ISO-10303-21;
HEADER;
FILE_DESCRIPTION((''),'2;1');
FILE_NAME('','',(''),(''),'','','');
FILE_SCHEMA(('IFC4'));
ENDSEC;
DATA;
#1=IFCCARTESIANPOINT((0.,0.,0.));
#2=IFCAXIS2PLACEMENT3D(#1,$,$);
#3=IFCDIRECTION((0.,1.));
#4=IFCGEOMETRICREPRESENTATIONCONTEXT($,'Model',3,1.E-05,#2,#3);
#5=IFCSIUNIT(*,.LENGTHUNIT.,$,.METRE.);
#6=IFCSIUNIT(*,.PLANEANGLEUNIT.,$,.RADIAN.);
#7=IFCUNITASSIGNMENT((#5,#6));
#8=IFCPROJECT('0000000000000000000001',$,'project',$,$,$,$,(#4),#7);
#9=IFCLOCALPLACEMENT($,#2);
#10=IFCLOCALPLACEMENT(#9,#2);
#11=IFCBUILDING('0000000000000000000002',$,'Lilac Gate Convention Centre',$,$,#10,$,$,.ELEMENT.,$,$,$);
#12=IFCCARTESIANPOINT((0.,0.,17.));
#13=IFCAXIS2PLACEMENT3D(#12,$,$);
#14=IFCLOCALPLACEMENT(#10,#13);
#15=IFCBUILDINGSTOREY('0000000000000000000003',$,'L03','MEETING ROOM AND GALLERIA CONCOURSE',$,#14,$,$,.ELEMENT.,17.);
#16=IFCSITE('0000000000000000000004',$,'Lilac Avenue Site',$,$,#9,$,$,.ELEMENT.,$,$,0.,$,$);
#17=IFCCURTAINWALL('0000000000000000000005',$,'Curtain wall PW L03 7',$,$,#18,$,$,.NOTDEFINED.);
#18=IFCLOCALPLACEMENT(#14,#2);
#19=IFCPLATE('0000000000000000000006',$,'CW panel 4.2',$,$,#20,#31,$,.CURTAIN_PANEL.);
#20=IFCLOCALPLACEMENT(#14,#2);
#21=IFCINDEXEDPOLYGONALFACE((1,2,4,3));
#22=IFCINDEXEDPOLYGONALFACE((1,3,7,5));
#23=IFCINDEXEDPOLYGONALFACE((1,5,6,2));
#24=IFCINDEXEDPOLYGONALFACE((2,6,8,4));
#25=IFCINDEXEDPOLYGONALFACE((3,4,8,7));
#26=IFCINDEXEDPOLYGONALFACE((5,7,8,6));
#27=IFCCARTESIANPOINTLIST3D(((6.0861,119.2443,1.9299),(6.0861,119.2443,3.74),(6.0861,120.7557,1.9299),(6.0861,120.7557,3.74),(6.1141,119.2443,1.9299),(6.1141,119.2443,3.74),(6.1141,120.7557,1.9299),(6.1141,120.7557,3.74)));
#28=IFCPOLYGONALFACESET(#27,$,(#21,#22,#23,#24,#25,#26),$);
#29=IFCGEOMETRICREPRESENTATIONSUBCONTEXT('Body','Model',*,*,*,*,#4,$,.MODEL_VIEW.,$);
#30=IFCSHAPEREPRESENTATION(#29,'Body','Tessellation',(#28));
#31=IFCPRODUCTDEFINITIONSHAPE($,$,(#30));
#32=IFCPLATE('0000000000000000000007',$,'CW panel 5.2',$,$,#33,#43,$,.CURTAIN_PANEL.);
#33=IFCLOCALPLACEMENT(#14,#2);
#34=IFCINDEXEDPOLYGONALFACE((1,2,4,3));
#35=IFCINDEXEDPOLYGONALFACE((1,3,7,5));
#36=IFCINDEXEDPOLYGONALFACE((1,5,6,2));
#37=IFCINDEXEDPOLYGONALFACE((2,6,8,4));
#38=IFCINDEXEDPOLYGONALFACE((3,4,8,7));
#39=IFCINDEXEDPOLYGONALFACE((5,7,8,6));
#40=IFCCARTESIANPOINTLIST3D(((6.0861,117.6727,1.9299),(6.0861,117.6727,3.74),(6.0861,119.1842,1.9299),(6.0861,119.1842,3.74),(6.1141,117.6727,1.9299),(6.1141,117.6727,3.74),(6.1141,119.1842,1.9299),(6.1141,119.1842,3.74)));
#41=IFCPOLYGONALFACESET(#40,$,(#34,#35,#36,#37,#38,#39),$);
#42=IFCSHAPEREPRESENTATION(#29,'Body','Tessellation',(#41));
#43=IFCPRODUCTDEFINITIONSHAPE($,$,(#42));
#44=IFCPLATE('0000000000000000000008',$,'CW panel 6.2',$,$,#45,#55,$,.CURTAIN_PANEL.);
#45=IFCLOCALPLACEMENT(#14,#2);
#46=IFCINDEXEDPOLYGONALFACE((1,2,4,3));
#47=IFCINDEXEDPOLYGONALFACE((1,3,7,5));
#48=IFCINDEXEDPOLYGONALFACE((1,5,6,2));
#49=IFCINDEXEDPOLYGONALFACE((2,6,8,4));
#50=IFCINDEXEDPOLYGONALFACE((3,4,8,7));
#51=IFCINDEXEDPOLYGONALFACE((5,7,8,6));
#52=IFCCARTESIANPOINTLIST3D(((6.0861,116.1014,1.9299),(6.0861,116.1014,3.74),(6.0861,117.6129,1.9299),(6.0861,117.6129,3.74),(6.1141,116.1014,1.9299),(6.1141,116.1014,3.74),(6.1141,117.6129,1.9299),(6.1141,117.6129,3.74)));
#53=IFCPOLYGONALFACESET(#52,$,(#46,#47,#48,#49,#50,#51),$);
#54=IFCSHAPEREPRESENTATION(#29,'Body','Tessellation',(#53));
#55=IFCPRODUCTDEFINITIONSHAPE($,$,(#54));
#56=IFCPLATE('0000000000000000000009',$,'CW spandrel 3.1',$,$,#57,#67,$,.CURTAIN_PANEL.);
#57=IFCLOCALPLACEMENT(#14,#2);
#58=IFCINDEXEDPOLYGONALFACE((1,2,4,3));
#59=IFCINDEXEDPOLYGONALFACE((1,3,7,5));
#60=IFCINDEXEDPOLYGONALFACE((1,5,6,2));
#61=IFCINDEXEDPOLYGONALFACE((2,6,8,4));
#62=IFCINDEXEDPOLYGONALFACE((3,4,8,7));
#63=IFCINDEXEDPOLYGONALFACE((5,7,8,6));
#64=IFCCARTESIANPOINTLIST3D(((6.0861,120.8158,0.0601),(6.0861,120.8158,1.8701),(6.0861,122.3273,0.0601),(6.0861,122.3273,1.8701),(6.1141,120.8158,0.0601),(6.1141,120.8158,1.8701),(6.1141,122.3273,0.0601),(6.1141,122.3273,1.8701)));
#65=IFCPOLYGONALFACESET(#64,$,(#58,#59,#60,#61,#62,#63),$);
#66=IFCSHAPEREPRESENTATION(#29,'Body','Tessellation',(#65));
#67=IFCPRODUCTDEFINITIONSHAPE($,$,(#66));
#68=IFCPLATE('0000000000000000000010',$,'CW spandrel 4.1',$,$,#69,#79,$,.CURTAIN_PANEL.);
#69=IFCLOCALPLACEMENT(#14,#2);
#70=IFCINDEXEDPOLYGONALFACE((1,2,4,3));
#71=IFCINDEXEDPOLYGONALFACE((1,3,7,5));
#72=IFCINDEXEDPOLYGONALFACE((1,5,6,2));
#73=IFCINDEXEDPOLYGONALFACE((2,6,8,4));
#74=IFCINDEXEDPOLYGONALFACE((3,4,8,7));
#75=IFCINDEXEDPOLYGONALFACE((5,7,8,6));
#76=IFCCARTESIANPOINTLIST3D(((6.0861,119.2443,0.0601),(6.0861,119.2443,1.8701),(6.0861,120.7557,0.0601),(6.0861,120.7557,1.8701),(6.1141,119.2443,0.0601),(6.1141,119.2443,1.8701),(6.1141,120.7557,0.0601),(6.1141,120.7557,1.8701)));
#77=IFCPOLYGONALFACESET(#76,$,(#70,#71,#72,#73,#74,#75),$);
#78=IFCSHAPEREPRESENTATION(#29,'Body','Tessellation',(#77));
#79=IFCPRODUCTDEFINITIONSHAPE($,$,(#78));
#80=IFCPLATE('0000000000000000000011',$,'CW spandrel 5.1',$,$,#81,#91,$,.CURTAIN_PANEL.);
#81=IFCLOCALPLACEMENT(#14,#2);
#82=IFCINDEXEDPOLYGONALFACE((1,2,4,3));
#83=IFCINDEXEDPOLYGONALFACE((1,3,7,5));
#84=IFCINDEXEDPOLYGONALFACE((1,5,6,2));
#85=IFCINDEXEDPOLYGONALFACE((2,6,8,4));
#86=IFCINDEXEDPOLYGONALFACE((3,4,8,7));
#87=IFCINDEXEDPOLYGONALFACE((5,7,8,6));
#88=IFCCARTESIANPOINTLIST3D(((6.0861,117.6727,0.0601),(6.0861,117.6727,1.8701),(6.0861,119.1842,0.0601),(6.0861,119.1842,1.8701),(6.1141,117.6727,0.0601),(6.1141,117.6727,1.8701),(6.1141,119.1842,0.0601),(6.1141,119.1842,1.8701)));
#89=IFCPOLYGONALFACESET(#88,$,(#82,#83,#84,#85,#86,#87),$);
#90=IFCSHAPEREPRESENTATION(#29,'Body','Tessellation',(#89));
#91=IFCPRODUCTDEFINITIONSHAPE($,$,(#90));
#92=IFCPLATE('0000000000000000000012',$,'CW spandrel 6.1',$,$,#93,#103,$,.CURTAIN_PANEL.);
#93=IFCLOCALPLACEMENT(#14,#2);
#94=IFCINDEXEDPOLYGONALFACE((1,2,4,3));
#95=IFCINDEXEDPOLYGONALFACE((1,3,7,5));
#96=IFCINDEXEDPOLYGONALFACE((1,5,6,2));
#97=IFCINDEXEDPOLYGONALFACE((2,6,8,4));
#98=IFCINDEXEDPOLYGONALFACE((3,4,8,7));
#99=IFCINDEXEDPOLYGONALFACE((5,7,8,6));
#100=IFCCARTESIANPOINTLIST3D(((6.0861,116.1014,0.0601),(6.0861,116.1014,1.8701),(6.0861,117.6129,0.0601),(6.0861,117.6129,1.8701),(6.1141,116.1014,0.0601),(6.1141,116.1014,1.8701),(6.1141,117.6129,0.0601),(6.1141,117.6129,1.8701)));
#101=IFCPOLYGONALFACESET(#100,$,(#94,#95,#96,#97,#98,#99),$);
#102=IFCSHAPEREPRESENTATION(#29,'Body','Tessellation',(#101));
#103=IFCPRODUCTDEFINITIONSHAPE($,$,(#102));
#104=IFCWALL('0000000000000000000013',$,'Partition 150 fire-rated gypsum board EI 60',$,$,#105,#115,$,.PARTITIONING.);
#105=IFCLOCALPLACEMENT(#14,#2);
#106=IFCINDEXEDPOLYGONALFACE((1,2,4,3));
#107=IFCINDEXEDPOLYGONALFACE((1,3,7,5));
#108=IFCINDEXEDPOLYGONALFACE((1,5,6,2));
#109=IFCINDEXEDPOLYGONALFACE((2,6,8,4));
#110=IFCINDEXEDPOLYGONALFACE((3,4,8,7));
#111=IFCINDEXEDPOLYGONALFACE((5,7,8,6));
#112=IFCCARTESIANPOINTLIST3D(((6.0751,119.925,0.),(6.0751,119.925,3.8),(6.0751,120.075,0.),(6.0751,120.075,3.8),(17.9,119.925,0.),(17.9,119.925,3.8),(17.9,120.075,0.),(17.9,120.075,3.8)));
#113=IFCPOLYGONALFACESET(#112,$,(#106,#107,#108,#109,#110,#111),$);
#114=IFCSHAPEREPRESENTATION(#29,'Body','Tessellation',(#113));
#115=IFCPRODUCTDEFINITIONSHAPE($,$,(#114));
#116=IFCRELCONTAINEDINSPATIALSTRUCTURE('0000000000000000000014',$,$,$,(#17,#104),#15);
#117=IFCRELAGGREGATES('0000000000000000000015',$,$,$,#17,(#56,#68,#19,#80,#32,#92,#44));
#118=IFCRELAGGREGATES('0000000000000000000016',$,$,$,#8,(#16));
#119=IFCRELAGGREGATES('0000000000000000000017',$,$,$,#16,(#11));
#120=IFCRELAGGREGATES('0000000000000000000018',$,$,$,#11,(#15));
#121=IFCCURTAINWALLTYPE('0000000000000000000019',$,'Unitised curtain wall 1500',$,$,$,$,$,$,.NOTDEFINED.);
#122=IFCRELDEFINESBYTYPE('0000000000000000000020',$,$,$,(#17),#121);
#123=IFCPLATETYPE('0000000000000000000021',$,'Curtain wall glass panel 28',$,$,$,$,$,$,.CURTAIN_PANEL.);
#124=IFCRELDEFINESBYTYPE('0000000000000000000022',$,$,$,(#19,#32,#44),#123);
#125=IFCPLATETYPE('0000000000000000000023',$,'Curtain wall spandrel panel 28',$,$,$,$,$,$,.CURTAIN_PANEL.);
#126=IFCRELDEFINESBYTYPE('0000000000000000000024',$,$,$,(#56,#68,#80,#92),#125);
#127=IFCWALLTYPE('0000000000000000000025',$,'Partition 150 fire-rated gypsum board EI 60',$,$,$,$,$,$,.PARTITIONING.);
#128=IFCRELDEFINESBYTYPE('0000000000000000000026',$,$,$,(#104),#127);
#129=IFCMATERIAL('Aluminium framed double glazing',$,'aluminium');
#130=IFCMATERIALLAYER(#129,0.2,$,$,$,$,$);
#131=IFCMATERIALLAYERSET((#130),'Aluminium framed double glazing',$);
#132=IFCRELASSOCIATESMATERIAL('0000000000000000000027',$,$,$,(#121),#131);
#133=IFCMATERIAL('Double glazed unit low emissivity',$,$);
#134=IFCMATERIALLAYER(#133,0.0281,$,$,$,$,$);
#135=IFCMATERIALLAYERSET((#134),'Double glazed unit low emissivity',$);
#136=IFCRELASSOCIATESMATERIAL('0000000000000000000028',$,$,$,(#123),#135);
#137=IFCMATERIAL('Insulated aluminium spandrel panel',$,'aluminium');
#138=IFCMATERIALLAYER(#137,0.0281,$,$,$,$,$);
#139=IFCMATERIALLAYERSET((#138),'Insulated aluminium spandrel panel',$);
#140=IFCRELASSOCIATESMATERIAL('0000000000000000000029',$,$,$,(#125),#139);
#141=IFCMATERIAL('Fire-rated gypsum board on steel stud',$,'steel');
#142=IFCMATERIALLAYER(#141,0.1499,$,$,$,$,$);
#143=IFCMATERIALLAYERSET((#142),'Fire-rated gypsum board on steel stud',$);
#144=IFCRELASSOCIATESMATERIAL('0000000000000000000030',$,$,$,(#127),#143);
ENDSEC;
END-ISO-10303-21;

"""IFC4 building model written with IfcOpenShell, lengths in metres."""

from ifc_helpers import new_model, si_unit, direction, frame, frame_2d, origin, origin_2d, place, context, subcontext, project, spatial, rectangle, extrude, material, layer, layer_set, type_object, element, aggregate, save


model = new_model("IFC4")

# Units and contexts
model_context = context("Model", 3, precision=1e-05, world=origin(), true_north=direction((0.0, 1.0)))
body_context = subcontext(model_context, "Body", "Model", "MODEL_VIEW")
ifc_project = project(units=[si_unit("LENGTHUNIT", "METRE"), si_unit("PLANEANGLEUNIT", "RADIAN")], contexts=[model_context])

# Site, building, storey
site_placement = place(None, origin())
site = spatial("IfcSite", under=ifc_project, at=site_placement, Name="Lilac Avenue Site", CompositionType="ELEMENT", RefElevation=0.0)
building_placement = place(site_placement, origin())
building = spatial("IfcBuilding", under=site, at=building_placement, Name="Lilac Gate Convention Centre", CompositionType="ELEMENT")
storey_placement = place(building_placement, frame((0.0, 0.0, 17.0)))
storey = spatial("IfcBuildingStorey", under=building, at=storey_placement, Name="L03", Description="MEETING ROOM AND GALLERIA CONCOURSE", CompositionType="ELEMENT", Elevation=17.0)

# Curtain wall, plates
ifc_material_1 = material(Name="Aluminium framed double glazing", Category="aluminium")
ifc_layer_1 = layer(ifc_material_1, 0.2)
ifc_layer_set_1 = layer_set([ifc_layer_1], Name="Aluminium framed double glazing")
curtain_wall_type = type_object("IfcCurtainWallType", Name="Unitised curtain wall 1500", PredefinedType="NOTDEFINED", material=ifc_layer_set_1)
curtain_wall_placement = place(storey_placement, origin())
curtain_wall = element("IfcCurtainWall", 1, at=curtain_wall_placement, inside=storey, type_object=curtain_wall_type, Name="Curtain wall PW L03 7", PredefinedType="NOTDEFINED")
ifc_material_2 = material(Name="Double glazed unit low emissivity")
ifc_layer_2 = layer(ifc_material_2, 0.0281)
ifc_layer_set_2 = layer_set([ifc_layer_2], Name="Double glazed unit low emissivity")
plate_type_1 = type_object("IfcPlateType", Name="Curtain wall glass panel 28", PredefinedType="CURTAIN_PANEL", material=ifc_layer_set_2)
plate_1_placement = place(storey_placement, frame((6.1001, 120.0, 1.9299), z_axis=(0.0, 0.0, 1.0), x_axis=(0.0, -1.0, 0.0)))
plate_1 = element("IfcPlate", 2, at=plate_1_placement, type_object=plate_type_1, Name="CW panel 4.2", PredefinedType="CURTAIN_PANEL", context=body_context, shape_type="SweptSolid", body=[
    extrude(rectangle(XDim=1.5115, YDim=0.0281, at=origin_2d()), origin(), (0.0, 0.0, 1.0), 1.8101),
])
plate_2_placement = place(storey_placement, frame((6.1001, 118.4285, 1.9299), z_axis=(0.0, 0.0, 1.0), x_axis=(0.0, -1.0, 0.0)))
plate_2 = element("IfcPlate", 3, at=plate_2_placement, type_object=plate_type_1, Name="CW panel 5.2", PredefinedType="CURTAIN_PANEL", context=body_context, shape_type="SweptSolid", body=[
    extrude(rectangle(XDim=1.5115, YDim=0.0281, at=origin_2d()), origin(), (0.0, 0.0, 1.0), 1.8101),
])
plate_3_placement = place(storey_placement, frame((6.1001, 116.8572, 1.9299), z_axis=(0.0, 0.0, 1.0), x_axis=(0.0, -1.0, 0.0)))
plate_3 = element("IfcPlate", 4, at=plate_3_placement, type_object=plate_type_1, Name="CW panel 6.2", PredefinedType="CURTAIN_PANEL", context=body_context, shape_type="SweptSolid", body=[
    extrude(rectangle(XDim=1.5115, YDim=0.0281, at=origin_2d()), origin(), (0.0, 0.0, 1.0), 1.8101),
])
ifc_material_3 = material(Name="Insulated aluminium spandrel panel", Category="aluminium")
ifc_layer_3 = layer(ifc_material_3, 0.0281)
ifc_layer_set_3 = layer_set([ifc_layer_3], Name="Insulated aluminium spandrel panel")
plate_type_2 = type_object("IfcPlateType", Name="Curtain wall spandrel panel 28", PredefinedType="CURTAIN_PANEL", material=ifc_layer_set_3)
plate_4_placement = place(storey_placement, frame((6.1001, 121.5715, 0.0601), z_axis=(0.0, 0.0, 1.0), x_axis=(0.0, -1.0, 0.0)))
plate_4 = element("IfcPlate", 5, at=plate_4_placement, type_object=plate_type_2, Name="CW spandrel 3.1", PredefinedType="CURTAIN_PANEL", context=body_context, shape_type="SweptSolid", body=[
    extrude(rectangle(XDim=1.5115, YDim=0.0281, at=origin_2d()), origin(), (0.0, 0.0, 1.0), 1.8101),
])
plate_5_placement = place(storey_placement, frame((6.1001, 120.0, 0.0601), z_axis=(0.0, 0.0, 1.0), x_axis=(0.0, -1.0, 0.0)))
plate_5 = element("IfcPlate", 6, at=plate_5_placement, type_object=plate_type_2, Name="CW spandrel 4.1", PredefinedType="CURTAIN_PANEL", context=body_context, shape_type="SweptSolid", body=[
    extrude(rectangle(XDim=1.5115, YDim=0.0281, at=origin_2d()), origin(), (0.0, 0.0, 1.0), 1.8101),
])
plate_6_placement = place(storey_placement, frame((6.1001, 118.4285, 0.0601), z_axis=(0.0, 0.0, 1.0), x_axis=(0.0, -1.0, 0.0)))
plate_6 = element("IfcPlate", 7, at=plate_6_placement, type_object=plate_type_2, Name="CW spandrel 5.1", PredefinedType="CURTAIN_PANEL", context=body_context, shape_type="SweptSolid", body=[
    extrude(rectangle(XDim=1.5115, YDim=0.0281, at=origin_2d()), origin(), (0.0, 0.0, 1.0), 1.8101),
])
plate_7_placement = place(storey_placement, frame((6.1001, 116.8572, 0.0601), z_axis=(0.0, 0.0, 1.0), x_axis=(0.0, -1.0, 0.0)))
plate_7 = element("IfcPlate", 8, at=plate_7_placement, type_object=plate_type_2, Name="CW spandrel 6.1", PredefinedType="CURTAIN_PANEL", context=body_context, shape_type="SweptSolid", body=[
    extrude(rectangle(XDim=1.5115, YDim=0.0281, at=origin_2d()), origin(), (0.0, 0.0, 1.0), 1.8101),
])
aggregate(curtain_wall, [plate_4, plate_5, plate_1, plate_6, plate_2, plate_7, plate_3])

# Wall
ifc_material_4 = material(Name="Fire-rated gypsum board on steel stud", Category="steel")
ifc_layer_4 = layer(ifc_material_4, 0.1499)
ifc_layer_set_4 = layer_set([ifc_layer_4], Name="Fire-rated gypsum board on steel stud")
wall_type = type_object("IfcWallType", Name="Partition 150 fire-rated gypsum board EI 60", PredefinedType="PARTITIONING", material=ifc_layer_set_4)
wall_placement = place(storey_placement, frame((6.075, 120.0, 0.0), z_axis=(0.0, 0.0, 1.0), x_axis=(1.0, 0.0, 0.0)))
element("IfcWall", 9, at=wall_placement, inside=storey, type_object=wall_type, Name="Partition 150 fire-rated gypsum board EI 60", PredefinedType="PARTITIONING", context=body_context, shape_type="SweptSolid", body=[
    extrude(rectangle(XDim=11.825, YDim=0.1499, at=frame_2d((5.9126, 0.0))), origin(), (0.0, 0.0, 1.0), 3.8),
])

save(model, "model.ifc")
